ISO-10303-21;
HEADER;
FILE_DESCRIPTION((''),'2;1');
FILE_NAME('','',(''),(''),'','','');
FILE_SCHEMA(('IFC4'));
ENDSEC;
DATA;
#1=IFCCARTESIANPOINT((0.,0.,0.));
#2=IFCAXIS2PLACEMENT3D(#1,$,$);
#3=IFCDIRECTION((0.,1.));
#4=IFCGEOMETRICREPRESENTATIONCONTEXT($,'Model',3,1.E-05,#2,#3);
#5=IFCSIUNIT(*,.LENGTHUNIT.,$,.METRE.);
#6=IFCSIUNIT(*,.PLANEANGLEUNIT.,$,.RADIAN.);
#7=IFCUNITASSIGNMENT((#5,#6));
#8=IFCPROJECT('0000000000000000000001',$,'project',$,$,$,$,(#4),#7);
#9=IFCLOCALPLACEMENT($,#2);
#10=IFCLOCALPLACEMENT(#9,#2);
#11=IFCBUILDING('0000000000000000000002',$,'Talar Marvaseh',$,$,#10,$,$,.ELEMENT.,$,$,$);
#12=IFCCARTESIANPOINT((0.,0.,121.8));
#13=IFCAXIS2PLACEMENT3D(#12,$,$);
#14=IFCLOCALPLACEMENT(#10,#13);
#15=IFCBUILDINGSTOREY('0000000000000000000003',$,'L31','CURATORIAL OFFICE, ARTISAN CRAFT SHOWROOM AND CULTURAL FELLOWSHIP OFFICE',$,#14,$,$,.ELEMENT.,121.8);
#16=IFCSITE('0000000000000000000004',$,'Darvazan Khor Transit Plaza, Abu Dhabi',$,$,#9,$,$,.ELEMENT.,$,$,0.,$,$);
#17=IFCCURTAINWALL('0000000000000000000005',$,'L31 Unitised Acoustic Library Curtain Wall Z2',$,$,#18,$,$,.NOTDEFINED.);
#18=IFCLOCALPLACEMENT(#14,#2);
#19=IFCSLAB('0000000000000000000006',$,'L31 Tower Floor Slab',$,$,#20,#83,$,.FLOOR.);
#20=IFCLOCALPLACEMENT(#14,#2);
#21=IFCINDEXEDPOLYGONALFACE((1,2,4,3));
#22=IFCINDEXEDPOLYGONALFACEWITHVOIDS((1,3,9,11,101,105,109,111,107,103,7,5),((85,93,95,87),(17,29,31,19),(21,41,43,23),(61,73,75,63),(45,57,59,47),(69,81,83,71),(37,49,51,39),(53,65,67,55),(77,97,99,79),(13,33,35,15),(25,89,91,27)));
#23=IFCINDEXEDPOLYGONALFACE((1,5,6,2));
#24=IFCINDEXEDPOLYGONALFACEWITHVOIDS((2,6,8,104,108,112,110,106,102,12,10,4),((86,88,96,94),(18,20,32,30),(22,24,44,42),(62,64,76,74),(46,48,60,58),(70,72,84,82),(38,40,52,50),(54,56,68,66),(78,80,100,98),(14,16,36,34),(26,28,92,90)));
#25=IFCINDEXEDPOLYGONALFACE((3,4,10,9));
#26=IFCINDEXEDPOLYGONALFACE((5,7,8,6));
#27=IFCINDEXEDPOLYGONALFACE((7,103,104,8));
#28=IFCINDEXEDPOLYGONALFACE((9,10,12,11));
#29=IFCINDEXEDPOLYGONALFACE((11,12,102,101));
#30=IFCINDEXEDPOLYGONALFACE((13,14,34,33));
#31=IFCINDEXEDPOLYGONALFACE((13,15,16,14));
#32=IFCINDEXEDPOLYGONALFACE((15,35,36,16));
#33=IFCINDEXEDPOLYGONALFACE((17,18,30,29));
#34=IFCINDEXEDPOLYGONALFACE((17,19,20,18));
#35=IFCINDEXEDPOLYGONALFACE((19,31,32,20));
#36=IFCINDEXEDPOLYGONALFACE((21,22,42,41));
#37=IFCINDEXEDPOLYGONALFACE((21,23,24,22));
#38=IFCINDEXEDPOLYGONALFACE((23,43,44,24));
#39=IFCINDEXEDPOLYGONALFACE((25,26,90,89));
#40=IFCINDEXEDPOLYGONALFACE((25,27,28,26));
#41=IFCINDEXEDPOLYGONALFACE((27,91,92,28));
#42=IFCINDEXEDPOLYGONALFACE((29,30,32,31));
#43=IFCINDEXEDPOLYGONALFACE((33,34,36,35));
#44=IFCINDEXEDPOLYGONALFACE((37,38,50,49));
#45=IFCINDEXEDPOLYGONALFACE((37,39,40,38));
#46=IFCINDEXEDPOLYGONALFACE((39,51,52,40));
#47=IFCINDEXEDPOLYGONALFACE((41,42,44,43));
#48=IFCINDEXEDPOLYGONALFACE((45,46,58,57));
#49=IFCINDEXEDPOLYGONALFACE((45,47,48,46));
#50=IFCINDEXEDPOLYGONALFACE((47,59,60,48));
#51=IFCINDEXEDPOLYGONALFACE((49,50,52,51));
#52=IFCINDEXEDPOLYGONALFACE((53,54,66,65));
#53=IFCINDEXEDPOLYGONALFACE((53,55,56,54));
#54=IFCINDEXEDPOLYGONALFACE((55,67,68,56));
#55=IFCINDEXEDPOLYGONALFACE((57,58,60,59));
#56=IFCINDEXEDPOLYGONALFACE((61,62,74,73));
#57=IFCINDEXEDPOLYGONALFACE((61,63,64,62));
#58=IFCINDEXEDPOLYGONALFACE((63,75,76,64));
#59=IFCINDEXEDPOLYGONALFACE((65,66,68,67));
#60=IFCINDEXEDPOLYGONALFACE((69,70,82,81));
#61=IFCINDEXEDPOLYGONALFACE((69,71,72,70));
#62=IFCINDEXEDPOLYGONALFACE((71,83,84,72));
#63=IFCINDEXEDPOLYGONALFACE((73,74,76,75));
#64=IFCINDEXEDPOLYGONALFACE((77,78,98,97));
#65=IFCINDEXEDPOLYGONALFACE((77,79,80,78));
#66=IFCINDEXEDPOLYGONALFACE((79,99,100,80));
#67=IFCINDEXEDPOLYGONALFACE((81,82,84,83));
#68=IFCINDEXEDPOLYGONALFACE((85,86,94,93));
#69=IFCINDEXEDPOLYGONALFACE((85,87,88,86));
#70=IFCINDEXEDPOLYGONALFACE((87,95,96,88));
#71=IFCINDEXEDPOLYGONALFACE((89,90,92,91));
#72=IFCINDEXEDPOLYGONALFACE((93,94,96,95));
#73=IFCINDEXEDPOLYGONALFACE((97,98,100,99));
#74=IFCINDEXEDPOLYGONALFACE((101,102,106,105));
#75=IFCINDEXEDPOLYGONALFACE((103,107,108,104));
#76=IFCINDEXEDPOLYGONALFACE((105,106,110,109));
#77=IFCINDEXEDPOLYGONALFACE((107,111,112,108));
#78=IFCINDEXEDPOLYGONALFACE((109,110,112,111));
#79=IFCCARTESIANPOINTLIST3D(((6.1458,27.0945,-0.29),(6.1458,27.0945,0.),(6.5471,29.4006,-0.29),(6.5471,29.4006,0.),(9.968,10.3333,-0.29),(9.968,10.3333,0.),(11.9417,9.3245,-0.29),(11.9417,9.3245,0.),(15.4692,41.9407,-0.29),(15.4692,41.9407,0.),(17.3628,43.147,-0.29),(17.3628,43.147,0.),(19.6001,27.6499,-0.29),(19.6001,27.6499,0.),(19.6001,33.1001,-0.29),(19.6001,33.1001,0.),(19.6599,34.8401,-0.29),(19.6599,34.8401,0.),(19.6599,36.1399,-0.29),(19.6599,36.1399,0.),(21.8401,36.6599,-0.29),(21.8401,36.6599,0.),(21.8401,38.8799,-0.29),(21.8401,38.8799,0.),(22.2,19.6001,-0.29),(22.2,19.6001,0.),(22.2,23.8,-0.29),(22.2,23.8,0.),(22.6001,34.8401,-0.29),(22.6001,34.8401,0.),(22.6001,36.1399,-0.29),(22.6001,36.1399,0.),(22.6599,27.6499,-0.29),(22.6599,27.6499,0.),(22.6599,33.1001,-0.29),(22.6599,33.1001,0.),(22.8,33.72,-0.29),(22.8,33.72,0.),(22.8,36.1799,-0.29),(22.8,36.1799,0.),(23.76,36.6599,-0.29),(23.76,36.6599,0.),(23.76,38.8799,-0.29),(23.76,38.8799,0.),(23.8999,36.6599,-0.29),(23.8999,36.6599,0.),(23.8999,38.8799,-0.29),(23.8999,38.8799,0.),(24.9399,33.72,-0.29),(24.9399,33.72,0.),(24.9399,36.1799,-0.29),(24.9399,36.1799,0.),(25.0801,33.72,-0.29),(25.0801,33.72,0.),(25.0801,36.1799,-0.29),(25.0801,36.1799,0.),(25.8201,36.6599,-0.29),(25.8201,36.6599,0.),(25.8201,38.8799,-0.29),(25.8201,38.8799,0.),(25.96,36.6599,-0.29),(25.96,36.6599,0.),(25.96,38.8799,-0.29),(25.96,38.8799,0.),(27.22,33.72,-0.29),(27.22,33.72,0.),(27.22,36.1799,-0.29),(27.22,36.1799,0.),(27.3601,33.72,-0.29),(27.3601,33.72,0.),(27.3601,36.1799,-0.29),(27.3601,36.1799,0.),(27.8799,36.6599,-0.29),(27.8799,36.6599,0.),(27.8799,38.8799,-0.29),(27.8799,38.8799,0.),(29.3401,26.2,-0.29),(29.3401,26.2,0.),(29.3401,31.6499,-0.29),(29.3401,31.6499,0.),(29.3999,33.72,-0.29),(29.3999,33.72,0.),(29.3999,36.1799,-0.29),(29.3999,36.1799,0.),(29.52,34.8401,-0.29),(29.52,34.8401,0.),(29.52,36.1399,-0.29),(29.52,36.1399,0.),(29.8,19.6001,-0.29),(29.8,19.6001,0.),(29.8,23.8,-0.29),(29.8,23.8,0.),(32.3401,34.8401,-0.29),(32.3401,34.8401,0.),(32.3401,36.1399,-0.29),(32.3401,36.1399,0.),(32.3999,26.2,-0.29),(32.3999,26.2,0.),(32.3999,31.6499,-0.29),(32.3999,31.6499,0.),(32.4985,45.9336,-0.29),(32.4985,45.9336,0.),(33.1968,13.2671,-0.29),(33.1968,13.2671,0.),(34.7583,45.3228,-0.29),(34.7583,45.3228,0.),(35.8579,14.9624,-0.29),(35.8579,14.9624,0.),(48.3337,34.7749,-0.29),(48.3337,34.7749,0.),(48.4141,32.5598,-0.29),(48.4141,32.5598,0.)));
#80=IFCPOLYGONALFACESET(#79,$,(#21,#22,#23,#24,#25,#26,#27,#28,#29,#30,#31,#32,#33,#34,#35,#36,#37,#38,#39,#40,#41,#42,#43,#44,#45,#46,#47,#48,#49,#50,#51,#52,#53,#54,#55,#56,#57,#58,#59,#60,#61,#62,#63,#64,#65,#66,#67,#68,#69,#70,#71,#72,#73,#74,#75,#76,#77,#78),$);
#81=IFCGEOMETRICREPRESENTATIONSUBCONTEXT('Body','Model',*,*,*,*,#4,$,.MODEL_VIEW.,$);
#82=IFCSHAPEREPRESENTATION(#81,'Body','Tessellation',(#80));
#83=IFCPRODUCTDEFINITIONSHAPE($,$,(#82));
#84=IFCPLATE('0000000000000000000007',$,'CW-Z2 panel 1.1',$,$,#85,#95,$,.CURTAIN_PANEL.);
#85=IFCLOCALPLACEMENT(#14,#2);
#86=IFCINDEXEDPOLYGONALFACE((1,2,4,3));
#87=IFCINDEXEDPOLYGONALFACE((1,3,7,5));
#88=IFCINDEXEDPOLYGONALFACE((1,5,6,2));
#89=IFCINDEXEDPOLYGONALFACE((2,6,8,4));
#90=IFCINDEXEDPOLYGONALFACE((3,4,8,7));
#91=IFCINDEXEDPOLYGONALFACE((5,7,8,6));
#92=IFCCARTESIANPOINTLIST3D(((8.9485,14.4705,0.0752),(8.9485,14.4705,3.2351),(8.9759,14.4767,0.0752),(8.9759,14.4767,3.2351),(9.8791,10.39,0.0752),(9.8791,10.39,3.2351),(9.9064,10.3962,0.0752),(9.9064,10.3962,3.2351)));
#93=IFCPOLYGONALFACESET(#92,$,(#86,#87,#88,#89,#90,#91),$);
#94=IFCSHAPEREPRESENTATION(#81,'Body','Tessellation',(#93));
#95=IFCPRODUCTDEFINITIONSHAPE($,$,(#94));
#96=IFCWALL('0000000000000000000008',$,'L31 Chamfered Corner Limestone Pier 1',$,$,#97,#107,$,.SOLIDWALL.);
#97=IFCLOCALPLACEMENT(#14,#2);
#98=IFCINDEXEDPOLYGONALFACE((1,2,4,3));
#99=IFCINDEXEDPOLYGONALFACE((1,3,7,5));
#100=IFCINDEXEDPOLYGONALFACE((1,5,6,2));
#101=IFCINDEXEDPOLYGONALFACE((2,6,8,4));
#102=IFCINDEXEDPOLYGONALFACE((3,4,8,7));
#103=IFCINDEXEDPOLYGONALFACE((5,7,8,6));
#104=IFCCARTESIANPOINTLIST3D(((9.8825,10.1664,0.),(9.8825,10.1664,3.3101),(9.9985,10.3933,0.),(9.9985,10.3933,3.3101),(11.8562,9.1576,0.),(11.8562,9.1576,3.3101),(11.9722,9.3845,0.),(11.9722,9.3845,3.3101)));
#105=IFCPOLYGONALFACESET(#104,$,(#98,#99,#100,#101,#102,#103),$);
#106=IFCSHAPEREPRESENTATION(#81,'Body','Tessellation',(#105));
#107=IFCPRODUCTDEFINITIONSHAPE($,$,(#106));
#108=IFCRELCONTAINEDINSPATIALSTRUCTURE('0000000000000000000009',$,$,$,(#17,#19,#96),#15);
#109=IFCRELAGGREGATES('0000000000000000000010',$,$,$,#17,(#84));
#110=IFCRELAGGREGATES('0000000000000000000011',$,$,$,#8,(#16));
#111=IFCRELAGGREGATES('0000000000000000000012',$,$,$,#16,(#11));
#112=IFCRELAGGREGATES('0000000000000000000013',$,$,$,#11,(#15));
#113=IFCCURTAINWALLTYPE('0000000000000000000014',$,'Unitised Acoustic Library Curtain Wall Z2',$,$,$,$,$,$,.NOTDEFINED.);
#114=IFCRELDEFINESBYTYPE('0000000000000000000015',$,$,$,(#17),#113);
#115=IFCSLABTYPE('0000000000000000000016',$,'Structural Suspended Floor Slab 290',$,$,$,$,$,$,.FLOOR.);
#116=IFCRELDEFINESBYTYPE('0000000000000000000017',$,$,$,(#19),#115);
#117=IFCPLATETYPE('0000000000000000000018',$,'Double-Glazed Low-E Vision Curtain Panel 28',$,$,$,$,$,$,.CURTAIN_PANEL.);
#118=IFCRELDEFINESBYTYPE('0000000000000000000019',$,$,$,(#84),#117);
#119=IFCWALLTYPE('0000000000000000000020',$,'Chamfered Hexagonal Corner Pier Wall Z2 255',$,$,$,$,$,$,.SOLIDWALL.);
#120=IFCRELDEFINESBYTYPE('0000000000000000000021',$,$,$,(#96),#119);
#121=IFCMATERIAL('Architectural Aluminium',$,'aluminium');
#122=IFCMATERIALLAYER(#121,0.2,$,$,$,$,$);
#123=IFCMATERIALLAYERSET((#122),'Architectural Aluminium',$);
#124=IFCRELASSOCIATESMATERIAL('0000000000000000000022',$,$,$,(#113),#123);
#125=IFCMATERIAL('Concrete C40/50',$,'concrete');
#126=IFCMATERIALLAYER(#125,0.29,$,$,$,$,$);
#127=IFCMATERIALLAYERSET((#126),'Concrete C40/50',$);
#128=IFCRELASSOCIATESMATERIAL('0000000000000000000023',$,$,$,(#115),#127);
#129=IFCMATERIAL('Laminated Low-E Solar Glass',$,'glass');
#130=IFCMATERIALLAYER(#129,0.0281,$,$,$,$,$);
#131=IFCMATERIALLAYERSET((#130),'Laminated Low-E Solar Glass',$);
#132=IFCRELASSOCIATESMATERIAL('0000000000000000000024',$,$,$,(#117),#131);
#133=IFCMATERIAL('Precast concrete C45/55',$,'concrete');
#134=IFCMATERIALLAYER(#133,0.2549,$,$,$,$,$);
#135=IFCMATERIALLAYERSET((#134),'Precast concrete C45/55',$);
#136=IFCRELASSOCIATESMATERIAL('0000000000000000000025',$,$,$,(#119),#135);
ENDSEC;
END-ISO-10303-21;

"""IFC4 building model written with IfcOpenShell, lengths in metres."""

from ifc_helpers import new_model, si_unit, direction, frame, frame_2d, origin, origin_2d, place, context, subcontext, project, spatial, polyline, rectangle, outline, extrude, source, transform, mapped, material, layer, layer_set, type_object, type_shapes, element, aggregate, save


model = new_model("IFC4")

# Units and contexts
model_context = context("Model", 3, precision=1e-05, world=origin(), true_north=direction((0.0, 1.0)))
body_context = subcontext(model_context, "Body", "Model", "MODEL_VIEW")
ifc_project = project(units=[si_unit("LENGTHUNIT", "METRE"), si_unit("PLANEANGLEUNIT", "RADIAN")], contexts=[model_context])

# Site, building, storey
site_placement = place(None, origin())
site = spatial("IfcSite", under=ifc_project, at=site_placement, Name="Darvazan Khor Transit Plaza, Abu Dhabi", CompositionType="ELEMENT", RefElevation=0.0)
building_placement = place(site_placement, origin())
building = spatial("IfcBuilding", under=site, at=building_placement, Name="Talar Marvaseh", CompositionType="ELEMENT")
storey_placement = place(building_placement, frame((0.0, 0.0, 121.8)))
storey = spatial("IfcBuildingStorey", under=building, at=storey_placement, Name="L31", Description="CURATORIAL OFFICE, ARTISAN CRAFT SHOWROOM AND CULTURAL FELLOWSHIP OFFICE", CompositionType="ELEMENT", Elevation=121.8)

# Curtain wall
ifc_material_1 = material(Name="Architectural Aluminium", Category="aluminium")
ifc_layer_1 = layer(ifc_material_1, 0.2)
ifc_layer_set_1 = layer_set([ifc_layer_1], Name="Architectural Aluminium")
curtain_wall_type = type_object("IfcCurtainWallType", Name="Unitised Acoustic Library Curtain Wall Z2", PredefinedType="NOTDEFINED", material=ifc_layer_set_1)
curtain_wall_1_placement = place(storey_placement, origin())
curtain_wall_1 = element("IfcCurtainWall", 1, at=curtain_wall_1_placement, inside=storey, type_object=curtain_wall_type, Name="L31 Unitised Acoustic Library Curtain Wall Z2", PredefinedType="NOTDEFINED")

# Shared definitions
ifc_material_2 = material(Name="Concrete C40/50", Category="concrete")

# Slab
ifc_layer_2 = layer(ifc_material_2, 0.29)
ifc_layer_set_2 = layer_set([ifc_layer_2], Name="Concrete C40/50")
slab_type_1 = type_object("IfcSlabType", Name="Structural Suspended Floor Slab 290", PredefinedType="FLOOR", material=ifc_layer_set_2)
slab_1_placement = place(storey_placement, frame((0.0, 0.0, -0.29)))
element("IfcSlab", 2, at=slab_1_placement, inside=storey, type_object=slab_type_1, Name="L31 Tower Floor Slab", PredefinedType="FLOOR", context=body_context, shape_type="SweptSolid", body=[
    extrude(outline(polyline([(11.9417, 9.3245), (9.968, 10.3333), (6.1458, 27.0945), (6.5471, 29.4006), (15.4692, 41.9407), (17.3628, 43.147), (32.4985, 45.9336), (34.7583, 45.3228), (48.3337, 34.7749), (48.4141, 32.5598), (35.8579, 14.9624), (33.1968, 13.2671), (11.9417, 9.3245)]), holes=[polyline([(22.6599, 27.6499), (22.6599, 33.1001), (19.6001, 33.1001), (19.6001, 27.6499), (22.6599, 27.6499)]), polyline([(29.3401, 31.6499), (29.3401, 26.2), (32.3999, 26.2), (32.3999, 31.6499), (29.3401, 31.6499)]), polyline([(22.8, 33.72), (24.9399, 33.72), (24.9399, 36.1799), (22.8, 36.1799), (22.8, 33.72)]), polyline([(25.0801, 33.72), (27.22, 33.72), (27.22, 36.1799), (25.0801, 36.1799), (25.0801, 33.72)]), polyline([(27.3601, 33.72), (29.3999, 33.72), (29.3999, 36.1799), (27.3601, 36.1799), (27.3601, 33.72)]), polyline([(21.8401, 36.6599), (23.76, 36.6599), (23.76, 38.8799), (21.8401, 38.8799), (21.8401, 36.6599)]), polyline([(23.8999, 36.6599), (25.8201, 36.6599), (25.8201, 38.8799), (23.8999, 38.8799), (23.8999, 36.6599)]), polyline([(25.96, 36.6599), (27.8799, 36.6599), (27.8799, 38.8799), (25.96, 38.8799), (25.96, 36.6599)]), polyline([(19.6599, 34.8401), (22.6001, 34.8401), (22.6001, 36.1399), (19.6599, 36.1399), (19.6599, 34.8401)]), polyline([(29.52, 34.8401), (32.3401, 34.8401), (32.3401, 36.1399), (29.52, 36.1399), (29.52, 34.8401)]), polyline([(22.2, 19.6001), (29.8, 19.6001), (29.8, 23.8), (22.2, 23.8), (22.2, 19.6001)])]), origin(), (0.0, 0.0, 1.0), 0.29),
])

# Plate
ifc_material_3 = material(Name="Laminated Low-E Solar Glass", Category="glass")
ifc_layer_3 = layer(ifc_material_3, 0.0281)
ifc_layer_set_3 = layer_set([ifc_layer_3], Name="Laminated Low-E Solar Glass")
plate_type = type_object("IfcPlateType", Name="Double-Glazed Low-E Vision Curtain Panel 28", PredefinedType="CURTAIN_PANEL", material=ifc_layer_set_3)
shared_shape_1 = source(origin(), body_context, "Body", "SweptSolid", [
    extrude(rectangle(XDim=4.1853, YDim=0.0281, at=origin_2d()), origin(), (0.0, 0.0, 1.0), 3.1599),
])
type_shapes(plate_type, [shared_shape_1])
plate_placement = place(storey_placement, frame((9.4275, 12.4333, 0.0752), z_axis=(0.0, 0.0, 1.0), x_axis=(-0.222335, 0.97497, 0.0)))
plate = element("IfcPlate", 3, at=plate_placement, type_object=plate_type, Name="CW-Z2 panel 1.1", PredefinedType="CURTAIN_PANEL", context=body_context, shape_type="MappedRepresentation", body=[
    mapped(shared_shape_1, transform((0.0, 0.0, 0.0), x_axis=(1.0, 0.0, 0.0), y_axis=(0.0, 1.0, 0.0), z_axis=(0.0, 0.0, 1.0), scale=1.0)),
])
aggregate(curtain_wall_1, [plate])

# Wall
ifc_material_4 = material(Name="Precast concrete C45/55", Category="concrete")
ifc_layer_4 = layer(ifc_material_4, 0.2549)
ifc_layer_set_4 = layer_set([ifc_layer_4], Name="Precast concrete C45/55")
wall_type = type_object("IfcWallType", Name="Chamfered Hexagonal Corner Pier Wall Z2 255", PredefinedType="SOLIDWALL", material=ifc_layer_set_4)
wall_placement = place(storey_placement, frame((11.9143, 9.271, 0.0), z_axis=(0.0, 0.0, 1.0), x_axis=(-0.890427, 0.455127, 0.0)))
element("IfcWall", 4, at=wall_placement, inside=storey, type_object=wall_type, Name="L31 Chamfered Corner Limestone Pier 1", PredefinedType="SOLIDWALL", context=body_context, shape_type="SweptSolid", body=[
    extrude(rectangle(XDim=2.2166, YDim=0.2549, at=frame_2d((1.1084, 0.0))), origin(), (0.0, 0.0, 1.0), 3.3101),
])

save(model, "model.ifc")
